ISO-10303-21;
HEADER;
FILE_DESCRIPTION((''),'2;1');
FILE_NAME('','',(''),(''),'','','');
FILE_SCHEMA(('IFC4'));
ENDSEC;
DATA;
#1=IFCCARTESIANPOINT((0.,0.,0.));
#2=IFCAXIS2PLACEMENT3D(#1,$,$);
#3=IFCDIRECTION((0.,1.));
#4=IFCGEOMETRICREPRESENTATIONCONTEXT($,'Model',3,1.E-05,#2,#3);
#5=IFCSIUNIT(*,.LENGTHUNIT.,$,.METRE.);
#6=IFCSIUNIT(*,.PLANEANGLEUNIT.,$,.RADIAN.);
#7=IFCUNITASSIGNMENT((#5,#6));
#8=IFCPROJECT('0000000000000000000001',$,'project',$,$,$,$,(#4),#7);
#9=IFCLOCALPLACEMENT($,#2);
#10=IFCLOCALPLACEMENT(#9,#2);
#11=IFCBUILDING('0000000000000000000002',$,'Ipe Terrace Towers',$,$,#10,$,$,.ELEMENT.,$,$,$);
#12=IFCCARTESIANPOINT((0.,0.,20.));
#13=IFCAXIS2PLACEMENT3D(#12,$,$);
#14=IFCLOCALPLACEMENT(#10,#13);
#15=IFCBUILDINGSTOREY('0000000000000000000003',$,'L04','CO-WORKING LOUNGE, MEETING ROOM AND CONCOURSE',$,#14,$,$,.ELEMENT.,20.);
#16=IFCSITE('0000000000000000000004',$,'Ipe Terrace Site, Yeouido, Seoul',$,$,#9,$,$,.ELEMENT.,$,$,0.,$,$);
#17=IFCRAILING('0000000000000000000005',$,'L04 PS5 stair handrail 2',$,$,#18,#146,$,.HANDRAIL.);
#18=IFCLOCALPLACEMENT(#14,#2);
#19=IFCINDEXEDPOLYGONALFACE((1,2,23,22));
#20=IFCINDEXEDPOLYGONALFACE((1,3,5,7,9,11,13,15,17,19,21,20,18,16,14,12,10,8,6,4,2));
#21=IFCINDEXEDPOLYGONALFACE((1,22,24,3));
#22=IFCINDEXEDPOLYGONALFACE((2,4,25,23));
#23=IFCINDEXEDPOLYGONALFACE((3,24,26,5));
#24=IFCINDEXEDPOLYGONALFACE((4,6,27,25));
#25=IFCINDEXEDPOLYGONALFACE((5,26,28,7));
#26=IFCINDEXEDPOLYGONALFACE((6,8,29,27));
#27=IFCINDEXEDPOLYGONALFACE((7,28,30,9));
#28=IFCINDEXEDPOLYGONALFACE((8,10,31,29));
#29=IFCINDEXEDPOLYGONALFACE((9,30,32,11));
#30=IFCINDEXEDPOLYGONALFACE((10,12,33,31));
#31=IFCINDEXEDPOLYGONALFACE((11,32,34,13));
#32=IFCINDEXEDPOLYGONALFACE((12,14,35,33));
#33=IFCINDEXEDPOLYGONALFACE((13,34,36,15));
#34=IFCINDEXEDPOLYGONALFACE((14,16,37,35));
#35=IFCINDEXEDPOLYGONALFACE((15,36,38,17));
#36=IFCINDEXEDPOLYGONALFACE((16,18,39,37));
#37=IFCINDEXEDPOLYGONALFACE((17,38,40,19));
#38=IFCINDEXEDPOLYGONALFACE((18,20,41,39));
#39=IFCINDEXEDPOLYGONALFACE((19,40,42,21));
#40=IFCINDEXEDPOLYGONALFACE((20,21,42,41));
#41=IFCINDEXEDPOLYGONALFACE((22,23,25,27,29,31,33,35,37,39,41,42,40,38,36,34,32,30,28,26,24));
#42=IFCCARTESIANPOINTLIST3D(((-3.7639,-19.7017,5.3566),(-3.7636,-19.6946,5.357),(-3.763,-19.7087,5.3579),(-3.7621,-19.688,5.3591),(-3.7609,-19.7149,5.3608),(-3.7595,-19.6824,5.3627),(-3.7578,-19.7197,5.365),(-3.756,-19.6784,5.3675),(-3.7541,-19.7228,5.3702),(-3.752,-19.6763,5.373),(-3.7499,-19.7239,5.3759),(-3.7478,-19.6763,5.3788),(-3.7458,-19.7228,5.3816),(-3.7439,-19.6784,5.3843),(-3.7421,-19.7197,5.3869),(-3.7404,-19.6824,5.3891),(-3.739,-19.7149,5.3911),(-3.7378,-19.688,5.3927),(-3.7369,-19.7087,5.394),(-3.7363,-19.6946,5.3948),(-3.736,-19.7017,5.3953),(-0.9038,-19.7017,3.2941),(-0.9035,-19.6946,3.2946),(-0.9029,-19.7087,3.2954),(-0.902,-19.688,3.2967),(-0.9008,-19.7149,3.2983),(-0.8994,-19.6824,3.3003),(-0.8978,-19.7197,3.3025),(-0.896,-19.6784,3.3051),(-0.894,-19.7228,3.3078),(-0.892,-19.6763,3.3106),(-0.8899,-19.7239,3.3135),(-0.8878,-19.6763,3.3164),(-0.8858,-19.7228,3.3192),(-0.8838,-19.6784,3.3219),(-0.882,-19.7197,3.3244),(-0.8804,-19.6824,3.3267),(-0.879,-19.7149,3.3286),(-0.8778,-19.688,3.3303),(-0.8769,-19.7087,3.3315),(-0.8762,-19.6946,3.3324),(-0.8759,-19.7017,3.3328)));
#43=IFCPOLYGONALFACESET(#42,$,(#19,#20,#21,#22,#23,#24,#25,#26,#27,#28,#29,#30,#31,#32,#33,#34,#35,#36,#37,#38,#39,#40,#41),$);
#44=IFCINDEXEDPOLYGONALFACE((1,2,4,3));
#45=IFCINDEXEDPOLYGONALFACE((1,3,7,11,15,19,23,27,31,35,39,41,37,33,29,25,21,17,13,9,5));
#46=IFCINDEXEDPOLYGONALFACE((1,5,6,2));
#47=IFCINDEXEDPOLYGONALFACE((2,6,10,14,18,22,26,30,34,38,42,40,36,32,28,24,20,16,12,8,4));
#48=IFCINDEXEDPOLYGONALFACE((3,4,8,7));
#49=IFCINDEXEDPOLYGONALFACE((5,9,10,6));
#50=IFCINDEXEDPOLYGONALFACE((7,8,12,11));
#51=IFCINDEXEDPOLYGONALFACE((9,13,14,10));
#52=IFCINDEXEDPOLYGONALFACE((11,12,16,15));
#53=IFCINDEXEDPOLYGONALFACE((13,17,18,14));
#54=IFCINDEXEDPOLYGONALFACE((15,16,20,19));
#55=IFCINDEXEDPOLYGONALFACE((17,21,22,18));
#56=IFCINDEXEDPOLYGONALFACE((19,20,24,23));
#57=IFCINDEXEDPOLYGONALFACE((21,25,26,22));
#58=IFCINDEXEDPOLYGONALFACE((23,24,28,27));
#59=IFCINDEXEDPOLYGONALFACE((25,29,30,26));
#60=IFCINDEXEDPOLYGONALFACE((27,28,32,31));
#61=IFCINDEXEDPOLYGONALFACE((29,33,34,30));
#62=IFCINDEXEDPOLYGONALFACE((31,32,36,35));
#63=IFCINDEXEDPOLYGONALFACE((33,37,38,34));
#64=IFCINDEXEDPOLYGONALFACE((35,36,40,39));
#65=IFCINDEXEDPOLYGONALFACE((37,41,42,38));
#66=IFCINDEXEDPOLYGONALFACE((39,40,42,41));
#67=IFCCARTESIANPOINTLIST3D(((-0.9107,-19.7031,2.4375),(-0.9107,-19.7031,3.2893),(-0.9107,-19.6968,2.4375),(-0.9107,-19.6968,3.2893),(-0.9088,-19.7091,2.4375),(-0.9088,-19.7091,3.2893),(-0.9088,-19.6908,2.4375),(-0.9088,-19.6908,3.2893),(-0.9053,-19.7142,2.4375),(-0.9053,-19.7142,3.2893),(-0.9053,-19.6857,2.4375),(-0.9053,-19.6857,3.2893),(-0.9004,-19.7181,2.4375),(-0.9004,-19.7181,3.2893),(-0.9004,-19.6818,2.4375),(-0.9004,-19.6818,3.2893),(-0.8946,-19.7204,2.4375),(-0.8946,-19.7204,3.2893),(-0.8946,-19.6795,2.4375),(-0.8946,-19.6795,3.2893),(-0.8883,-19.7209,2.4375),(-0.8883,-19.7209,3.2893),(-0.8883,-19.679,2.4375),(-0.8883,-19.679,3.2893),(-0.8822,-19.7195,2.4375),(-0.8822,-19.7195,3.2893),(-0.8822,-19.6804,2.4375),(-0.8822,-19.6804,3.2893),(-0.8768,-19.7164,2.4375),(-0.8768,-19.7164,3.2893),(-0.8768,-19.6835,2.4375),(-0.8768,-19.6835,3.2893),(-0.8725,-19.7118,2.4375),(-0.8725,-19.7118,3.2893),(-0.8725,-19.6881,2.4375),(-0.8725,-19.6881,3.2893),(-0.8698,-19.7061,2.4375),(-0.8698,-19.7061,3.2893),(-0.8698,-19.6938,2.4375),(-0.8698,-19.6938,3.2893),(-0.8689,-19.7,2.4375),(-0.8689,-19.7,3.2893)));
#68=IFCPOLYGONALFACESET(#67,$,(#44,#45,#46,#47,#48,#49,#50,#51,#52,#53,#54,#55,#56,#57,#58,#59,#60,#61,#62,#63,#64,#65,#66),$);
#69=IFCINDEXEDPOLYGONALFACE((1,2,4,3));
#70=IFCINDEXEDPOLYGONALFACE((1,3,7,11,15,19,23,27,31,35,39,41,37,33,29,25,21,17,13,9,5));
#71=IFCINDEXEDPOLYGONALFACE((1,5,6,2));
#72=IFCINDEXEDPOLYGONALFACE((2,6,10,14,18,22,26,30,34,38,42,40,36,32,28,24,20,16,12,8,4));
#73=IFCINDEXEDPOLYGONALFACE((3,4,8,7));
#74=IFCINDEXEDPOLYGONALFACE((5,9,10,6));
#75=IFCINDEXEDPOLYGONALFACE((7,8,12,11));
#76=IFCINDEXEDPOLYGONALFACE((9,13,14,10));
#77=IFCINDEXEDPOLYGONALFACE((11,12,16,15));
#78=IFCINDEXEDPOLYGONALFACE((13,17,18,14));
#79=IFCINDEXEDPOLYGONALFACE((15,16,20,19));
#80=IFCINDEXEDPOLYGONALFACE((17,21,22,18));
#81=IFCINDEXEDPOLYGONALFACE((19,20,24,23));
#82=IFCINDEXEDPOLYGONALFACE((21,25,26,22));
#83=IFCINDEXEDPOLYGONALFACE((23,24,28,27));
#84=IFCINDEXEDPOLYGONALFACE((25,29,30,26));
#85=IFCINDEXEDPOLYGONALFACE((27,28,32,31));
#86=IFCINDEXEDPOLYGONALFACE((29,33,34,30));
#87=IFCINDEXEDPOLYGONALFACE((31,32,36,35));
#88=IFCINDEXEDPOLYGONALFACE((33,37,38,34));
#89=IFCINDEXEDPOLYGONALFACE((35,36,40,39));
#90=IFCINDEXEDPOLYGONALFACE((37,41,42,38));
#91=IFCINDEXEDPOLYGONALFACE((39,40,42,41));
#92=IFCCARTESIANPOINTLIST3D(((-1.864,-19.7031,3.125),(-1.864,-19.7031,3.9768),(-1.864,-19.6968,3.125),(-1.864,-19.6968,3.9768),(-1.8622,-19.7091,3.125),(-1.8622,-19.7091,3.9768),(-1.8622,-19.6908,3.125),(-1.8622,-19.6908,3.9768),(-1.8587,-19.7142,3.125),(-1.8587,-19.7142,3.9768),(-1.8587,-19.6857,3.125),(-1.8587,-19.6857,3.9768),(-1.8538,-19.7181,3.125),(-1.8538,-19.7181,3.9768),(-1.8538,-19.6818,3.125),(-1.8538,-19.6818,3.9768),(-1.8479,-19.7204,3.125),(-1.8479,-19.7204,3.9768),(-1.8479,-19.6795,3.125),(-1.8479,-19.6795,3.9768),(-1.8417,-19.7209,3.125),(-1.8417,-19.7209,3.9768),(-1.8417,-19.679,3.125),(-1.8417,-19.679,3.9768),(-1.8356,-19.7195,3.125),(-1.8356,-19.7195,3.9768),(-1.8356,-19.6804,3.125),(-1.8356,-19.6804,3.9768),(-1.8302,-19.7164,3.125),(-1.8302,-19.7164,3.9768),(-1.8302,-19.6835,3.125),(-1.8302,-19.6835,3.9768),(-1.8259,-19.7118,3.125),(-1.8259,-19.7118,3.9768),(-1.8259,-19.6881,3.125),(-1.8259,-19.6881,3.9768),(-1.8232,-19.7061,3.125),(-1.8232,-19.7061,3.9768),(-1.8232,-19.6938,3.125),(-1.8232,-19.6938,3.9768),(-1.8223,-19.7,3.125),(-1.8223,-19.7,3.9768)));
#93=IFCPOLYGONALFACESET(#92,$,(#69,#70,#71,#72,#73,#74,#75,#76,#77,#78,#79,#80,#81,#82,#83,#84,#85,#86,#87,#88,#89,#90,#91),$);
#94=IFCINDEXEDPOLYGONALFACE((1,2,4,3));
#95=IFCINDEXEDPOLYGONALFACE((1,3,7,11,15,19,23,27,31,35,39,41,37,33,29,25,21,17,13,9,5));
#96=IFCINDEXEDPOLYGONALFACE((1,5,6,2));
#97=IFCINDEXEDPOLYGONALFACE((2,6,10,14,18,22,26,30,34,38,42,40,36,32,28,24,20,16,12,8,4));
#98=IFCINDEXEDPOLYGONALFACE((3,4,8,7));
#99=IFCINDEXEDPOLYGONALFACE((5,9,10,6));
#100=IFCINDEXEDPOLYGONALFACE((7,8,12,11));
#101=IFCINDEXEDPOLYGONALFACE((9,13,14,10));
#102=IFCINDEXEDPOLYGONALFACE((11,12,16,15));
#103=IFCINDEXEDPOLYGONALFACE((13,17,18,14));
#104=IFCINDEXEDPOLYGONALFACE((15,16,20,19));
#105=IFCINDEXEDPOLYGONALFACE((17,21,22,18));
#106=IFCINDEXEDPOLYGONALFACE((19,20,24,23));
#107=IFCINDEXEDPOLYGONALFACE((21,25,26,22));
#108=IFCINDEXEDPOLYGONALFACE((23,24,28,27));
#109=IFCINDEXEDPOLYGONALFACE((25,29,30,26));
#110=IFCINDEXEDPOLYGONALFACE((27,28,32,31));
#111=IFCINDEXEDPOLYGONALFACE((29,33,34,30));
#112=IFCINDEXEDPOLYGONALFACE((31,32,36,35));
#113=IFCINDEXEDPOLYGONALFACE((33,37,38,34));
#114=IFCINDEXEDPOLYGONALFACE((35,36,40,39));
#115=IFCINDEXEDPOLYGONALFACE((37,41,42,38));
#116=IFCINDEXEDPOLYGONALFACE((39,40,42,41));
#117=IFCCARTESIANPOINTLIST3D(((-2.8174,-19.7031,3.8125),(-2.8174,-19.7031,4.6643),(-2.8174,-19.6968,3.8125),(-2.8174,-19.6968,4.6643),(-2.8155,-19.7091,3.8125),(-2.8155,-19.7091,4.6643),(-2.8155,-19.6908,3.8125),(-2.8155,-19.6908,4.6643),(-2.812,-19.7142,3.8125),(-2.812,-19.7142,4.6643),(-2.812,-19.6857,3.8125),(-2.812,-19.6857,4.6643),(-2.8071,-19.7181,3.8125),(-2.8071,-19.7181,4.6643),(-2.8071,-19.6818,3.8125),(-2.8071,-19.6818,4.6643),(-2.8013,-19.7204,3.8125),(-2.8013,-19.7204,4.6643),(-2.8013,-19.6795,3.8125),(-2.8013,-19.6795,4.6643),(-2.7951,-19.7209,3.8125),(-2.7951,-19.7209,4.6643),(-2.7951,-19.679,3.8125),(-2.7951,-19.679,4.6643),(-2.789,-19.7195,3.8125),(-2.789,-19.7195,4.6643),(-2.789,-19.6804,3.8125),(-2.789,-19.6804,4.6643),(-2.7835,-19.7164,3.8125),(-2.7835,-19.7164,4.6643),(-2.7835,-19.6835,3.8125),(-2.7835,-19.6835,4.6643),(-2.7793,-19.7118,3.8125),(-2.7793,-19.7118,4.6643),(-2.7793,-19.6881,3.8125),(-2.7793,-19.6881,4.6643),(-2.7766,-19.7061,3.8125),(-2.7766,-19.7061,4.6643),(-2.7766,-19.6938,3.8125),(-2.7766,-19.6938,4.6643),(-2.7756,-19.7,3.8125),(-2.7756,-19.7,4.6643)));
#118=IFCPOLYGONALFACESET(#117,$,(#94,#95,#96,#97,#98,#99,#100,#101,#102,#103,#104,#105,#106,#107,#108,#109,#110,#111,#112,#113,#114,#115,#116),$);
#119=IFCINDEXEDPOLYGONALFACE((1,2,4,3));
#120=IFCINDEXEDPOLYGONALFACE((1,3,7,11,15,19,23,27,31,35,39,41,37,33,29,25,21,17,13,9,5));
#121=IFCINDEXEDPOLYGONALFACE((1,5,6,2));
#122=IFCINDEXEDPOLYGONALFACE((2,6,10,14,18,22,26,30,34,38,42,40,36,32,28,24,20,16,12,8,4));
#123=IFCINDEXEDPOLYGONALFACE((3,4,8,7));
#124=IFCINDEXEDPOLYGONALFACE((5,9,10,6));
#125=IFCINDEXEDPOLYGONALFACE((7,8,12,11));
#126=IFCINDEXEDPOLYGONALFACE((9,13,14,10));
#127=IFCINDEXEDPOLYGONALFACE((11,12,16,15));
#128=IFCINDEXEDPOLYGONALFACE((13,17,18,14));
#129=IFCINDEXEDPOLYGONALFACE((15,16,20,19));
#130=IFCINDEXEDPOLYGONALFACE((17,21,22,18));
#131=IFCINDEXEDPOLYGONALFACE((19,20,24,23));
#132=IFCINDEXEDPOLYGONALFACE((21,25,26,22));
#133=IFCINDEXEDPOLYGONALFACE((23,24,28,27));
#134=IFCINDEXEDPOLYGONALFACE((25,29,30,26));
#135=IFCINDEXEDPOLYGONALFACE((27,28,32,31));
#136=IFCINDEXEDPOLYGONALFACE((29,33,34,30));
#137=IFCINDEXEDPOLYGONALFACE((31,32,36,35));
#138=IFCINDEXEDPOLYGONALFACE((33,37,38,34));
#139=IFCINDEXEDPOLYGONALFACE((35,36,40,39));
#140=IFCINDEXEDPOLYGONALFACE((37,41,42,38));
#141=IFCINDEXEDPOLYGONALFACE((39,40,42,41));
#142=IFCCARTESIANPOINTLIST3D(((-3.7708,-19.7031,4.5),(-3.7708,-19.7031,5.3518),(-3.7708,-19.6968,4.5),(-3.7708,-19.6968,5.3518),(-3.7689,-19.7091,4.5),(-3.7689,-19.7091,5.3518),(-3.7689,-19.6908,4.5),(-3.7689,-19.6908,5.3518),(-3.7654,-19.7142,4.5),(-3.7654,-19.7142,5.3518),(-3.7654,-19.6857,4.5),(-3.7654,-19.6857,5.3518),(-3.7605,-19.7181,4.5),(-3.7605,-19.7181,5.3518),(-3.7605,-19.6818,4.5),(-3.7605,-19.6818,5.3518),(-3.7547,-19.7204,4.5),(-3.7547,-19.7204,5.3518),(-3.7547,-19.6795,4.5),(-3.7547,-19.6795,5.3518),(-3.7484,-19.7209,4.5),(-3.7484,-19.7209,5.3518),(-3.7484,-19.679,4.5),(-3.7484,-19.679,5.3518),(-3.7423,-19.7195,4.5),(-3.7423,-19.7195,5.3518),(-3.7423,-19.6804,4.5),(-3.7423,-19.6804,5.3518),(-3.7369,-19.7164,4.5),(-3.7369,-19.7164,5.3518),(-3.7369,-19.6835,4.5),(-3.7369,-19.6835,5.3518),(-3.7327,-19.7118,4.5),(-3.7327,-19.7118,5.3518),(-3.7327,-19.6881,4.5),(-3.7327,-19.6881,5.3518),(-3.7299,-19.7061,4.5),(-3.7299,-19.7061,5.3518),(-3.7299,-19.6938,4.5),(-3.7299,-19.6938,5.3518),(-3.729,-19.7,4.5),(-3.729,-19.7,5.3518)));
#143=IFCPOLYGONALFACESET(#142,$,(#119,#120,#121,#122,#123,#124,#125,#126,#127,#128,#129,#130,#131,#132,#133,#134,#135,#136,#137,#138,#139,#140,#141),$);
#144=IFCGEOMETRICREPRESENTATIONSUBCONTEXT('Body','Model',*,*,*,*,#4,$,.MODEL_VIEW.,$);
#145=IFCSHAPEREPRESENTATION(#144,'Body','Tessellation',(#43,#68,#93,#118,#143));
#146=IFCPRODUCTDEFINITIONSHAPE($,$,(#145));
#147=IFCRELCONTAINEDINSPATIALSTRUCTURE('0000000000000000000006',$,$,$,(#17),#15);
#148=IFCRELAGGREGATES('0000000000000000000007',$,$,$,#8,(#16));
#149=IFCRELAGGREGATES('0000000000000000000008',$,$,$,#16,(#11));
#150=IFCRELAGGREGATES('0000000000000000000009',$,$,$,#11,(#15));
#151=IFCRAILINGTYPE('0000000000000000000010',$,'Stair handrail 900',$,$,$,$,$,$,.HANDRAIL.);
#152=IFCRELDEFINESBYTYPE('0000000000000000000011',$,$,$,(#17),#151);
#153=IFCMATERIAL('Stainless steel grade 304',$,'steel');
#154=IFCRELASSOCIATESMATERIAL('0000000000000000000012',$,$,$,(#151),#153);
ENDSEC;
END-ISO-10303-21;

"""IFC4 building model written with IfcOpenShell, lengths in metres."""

from ifc_helpers import new_model, si_unit, direction, frame, origin, origin_2d, place, context, subcontext, project, spatial, circle, extrude, material, type_object, element, save


model = new_model("IFC4")

# Units and contexts
model_context = context("Model", 3, precision=1e-05, world=origin(), true_north=direction((0.0, 1.0)))
body_context = subcontext(model_context, "Body", "Model", "MODEL_VIEW")
ifc_project = project(units=[si_unit("LENGTHUNIT", "METRE"), si_unit("PLANEANGLEUNIT", "RADIAN")], contexts=[model_context])

# Site, building, storey
site_placement = place(None, origin())
site = spatial("IfcSite", under=ifc_project, at=site_placement, Name="Ipe Terrace Site, Yeouido, Seoul", CompositionType="ELEMENT", RefElevation=0.0)
building_placement = place(site_placement, origin())
building = spatial("IfcBuilding", under=site, at=building_placement, Name="Ipe Terrace Towers", CompositionType="ELEMENT")
storey_placement = place(building_placement, frame((0.0, 0.0, 20.0)))
storey = spatial("IfcBuildingStorey", under=building, at=storey_placement, Name="L04", Description="CO-WORKING LOUNGE, MEETING ROOM AND CONCOURSE", CompositionType="ELEMENT", Elevation=20.0)

# Railing
ifc_material_1 = material(Name="Stainless steel grade 304", Category="steel")
railing_type = type_object("IfcRailingType", Name="Stair handrail 900", PredefinedType="HANDRAIL", material=ifc_material_1)
railing_placement = place(storey_placement, frame((-0.8899, -19.7, 2.4375)))
element("IfcRailing", 1, at=railing_placement, inside=storey, type_object=railing_type, Name="L04 PS5 stair handrail 2", PredefinedType="HANDRAIL", context=body_context, shape_type="SweptSolid", body=[
    extrude(circle(Radius=0.0239, at=origin_2d()), frame((0.0, 0.0, 0.876), z_axis=(-0.811101, 0.0, 0.584906), x_axis=(0.0, -1.0, 0.0)), (0.0, 0.0, 1.0), 3.5261),
    extrude(circle(Radius=0.021, at=origin_2d()), origin(), (0.0, 0.0, 1.0), 0.8518),
    extrude(circle(Radius=0.021, at=origin_2d()), frame((-0.9534, 0.0, 0.6875)), (0.0, 0.0, 1.0), 0.8518),
    extrude(circle(Radius=0.021, at=origin_2d()), frame((-1.9067, 0.0, 1.375)), (0.0, 0.0, 1.0), 0.8518),
    extrude(circle(Radius=0.021, at=origin_2d()), frame((-2.8601, 0.0, 2.0625)), (0.0, 0.0, 1.0), 0.8518),
])

save(model, "model.ifc")
